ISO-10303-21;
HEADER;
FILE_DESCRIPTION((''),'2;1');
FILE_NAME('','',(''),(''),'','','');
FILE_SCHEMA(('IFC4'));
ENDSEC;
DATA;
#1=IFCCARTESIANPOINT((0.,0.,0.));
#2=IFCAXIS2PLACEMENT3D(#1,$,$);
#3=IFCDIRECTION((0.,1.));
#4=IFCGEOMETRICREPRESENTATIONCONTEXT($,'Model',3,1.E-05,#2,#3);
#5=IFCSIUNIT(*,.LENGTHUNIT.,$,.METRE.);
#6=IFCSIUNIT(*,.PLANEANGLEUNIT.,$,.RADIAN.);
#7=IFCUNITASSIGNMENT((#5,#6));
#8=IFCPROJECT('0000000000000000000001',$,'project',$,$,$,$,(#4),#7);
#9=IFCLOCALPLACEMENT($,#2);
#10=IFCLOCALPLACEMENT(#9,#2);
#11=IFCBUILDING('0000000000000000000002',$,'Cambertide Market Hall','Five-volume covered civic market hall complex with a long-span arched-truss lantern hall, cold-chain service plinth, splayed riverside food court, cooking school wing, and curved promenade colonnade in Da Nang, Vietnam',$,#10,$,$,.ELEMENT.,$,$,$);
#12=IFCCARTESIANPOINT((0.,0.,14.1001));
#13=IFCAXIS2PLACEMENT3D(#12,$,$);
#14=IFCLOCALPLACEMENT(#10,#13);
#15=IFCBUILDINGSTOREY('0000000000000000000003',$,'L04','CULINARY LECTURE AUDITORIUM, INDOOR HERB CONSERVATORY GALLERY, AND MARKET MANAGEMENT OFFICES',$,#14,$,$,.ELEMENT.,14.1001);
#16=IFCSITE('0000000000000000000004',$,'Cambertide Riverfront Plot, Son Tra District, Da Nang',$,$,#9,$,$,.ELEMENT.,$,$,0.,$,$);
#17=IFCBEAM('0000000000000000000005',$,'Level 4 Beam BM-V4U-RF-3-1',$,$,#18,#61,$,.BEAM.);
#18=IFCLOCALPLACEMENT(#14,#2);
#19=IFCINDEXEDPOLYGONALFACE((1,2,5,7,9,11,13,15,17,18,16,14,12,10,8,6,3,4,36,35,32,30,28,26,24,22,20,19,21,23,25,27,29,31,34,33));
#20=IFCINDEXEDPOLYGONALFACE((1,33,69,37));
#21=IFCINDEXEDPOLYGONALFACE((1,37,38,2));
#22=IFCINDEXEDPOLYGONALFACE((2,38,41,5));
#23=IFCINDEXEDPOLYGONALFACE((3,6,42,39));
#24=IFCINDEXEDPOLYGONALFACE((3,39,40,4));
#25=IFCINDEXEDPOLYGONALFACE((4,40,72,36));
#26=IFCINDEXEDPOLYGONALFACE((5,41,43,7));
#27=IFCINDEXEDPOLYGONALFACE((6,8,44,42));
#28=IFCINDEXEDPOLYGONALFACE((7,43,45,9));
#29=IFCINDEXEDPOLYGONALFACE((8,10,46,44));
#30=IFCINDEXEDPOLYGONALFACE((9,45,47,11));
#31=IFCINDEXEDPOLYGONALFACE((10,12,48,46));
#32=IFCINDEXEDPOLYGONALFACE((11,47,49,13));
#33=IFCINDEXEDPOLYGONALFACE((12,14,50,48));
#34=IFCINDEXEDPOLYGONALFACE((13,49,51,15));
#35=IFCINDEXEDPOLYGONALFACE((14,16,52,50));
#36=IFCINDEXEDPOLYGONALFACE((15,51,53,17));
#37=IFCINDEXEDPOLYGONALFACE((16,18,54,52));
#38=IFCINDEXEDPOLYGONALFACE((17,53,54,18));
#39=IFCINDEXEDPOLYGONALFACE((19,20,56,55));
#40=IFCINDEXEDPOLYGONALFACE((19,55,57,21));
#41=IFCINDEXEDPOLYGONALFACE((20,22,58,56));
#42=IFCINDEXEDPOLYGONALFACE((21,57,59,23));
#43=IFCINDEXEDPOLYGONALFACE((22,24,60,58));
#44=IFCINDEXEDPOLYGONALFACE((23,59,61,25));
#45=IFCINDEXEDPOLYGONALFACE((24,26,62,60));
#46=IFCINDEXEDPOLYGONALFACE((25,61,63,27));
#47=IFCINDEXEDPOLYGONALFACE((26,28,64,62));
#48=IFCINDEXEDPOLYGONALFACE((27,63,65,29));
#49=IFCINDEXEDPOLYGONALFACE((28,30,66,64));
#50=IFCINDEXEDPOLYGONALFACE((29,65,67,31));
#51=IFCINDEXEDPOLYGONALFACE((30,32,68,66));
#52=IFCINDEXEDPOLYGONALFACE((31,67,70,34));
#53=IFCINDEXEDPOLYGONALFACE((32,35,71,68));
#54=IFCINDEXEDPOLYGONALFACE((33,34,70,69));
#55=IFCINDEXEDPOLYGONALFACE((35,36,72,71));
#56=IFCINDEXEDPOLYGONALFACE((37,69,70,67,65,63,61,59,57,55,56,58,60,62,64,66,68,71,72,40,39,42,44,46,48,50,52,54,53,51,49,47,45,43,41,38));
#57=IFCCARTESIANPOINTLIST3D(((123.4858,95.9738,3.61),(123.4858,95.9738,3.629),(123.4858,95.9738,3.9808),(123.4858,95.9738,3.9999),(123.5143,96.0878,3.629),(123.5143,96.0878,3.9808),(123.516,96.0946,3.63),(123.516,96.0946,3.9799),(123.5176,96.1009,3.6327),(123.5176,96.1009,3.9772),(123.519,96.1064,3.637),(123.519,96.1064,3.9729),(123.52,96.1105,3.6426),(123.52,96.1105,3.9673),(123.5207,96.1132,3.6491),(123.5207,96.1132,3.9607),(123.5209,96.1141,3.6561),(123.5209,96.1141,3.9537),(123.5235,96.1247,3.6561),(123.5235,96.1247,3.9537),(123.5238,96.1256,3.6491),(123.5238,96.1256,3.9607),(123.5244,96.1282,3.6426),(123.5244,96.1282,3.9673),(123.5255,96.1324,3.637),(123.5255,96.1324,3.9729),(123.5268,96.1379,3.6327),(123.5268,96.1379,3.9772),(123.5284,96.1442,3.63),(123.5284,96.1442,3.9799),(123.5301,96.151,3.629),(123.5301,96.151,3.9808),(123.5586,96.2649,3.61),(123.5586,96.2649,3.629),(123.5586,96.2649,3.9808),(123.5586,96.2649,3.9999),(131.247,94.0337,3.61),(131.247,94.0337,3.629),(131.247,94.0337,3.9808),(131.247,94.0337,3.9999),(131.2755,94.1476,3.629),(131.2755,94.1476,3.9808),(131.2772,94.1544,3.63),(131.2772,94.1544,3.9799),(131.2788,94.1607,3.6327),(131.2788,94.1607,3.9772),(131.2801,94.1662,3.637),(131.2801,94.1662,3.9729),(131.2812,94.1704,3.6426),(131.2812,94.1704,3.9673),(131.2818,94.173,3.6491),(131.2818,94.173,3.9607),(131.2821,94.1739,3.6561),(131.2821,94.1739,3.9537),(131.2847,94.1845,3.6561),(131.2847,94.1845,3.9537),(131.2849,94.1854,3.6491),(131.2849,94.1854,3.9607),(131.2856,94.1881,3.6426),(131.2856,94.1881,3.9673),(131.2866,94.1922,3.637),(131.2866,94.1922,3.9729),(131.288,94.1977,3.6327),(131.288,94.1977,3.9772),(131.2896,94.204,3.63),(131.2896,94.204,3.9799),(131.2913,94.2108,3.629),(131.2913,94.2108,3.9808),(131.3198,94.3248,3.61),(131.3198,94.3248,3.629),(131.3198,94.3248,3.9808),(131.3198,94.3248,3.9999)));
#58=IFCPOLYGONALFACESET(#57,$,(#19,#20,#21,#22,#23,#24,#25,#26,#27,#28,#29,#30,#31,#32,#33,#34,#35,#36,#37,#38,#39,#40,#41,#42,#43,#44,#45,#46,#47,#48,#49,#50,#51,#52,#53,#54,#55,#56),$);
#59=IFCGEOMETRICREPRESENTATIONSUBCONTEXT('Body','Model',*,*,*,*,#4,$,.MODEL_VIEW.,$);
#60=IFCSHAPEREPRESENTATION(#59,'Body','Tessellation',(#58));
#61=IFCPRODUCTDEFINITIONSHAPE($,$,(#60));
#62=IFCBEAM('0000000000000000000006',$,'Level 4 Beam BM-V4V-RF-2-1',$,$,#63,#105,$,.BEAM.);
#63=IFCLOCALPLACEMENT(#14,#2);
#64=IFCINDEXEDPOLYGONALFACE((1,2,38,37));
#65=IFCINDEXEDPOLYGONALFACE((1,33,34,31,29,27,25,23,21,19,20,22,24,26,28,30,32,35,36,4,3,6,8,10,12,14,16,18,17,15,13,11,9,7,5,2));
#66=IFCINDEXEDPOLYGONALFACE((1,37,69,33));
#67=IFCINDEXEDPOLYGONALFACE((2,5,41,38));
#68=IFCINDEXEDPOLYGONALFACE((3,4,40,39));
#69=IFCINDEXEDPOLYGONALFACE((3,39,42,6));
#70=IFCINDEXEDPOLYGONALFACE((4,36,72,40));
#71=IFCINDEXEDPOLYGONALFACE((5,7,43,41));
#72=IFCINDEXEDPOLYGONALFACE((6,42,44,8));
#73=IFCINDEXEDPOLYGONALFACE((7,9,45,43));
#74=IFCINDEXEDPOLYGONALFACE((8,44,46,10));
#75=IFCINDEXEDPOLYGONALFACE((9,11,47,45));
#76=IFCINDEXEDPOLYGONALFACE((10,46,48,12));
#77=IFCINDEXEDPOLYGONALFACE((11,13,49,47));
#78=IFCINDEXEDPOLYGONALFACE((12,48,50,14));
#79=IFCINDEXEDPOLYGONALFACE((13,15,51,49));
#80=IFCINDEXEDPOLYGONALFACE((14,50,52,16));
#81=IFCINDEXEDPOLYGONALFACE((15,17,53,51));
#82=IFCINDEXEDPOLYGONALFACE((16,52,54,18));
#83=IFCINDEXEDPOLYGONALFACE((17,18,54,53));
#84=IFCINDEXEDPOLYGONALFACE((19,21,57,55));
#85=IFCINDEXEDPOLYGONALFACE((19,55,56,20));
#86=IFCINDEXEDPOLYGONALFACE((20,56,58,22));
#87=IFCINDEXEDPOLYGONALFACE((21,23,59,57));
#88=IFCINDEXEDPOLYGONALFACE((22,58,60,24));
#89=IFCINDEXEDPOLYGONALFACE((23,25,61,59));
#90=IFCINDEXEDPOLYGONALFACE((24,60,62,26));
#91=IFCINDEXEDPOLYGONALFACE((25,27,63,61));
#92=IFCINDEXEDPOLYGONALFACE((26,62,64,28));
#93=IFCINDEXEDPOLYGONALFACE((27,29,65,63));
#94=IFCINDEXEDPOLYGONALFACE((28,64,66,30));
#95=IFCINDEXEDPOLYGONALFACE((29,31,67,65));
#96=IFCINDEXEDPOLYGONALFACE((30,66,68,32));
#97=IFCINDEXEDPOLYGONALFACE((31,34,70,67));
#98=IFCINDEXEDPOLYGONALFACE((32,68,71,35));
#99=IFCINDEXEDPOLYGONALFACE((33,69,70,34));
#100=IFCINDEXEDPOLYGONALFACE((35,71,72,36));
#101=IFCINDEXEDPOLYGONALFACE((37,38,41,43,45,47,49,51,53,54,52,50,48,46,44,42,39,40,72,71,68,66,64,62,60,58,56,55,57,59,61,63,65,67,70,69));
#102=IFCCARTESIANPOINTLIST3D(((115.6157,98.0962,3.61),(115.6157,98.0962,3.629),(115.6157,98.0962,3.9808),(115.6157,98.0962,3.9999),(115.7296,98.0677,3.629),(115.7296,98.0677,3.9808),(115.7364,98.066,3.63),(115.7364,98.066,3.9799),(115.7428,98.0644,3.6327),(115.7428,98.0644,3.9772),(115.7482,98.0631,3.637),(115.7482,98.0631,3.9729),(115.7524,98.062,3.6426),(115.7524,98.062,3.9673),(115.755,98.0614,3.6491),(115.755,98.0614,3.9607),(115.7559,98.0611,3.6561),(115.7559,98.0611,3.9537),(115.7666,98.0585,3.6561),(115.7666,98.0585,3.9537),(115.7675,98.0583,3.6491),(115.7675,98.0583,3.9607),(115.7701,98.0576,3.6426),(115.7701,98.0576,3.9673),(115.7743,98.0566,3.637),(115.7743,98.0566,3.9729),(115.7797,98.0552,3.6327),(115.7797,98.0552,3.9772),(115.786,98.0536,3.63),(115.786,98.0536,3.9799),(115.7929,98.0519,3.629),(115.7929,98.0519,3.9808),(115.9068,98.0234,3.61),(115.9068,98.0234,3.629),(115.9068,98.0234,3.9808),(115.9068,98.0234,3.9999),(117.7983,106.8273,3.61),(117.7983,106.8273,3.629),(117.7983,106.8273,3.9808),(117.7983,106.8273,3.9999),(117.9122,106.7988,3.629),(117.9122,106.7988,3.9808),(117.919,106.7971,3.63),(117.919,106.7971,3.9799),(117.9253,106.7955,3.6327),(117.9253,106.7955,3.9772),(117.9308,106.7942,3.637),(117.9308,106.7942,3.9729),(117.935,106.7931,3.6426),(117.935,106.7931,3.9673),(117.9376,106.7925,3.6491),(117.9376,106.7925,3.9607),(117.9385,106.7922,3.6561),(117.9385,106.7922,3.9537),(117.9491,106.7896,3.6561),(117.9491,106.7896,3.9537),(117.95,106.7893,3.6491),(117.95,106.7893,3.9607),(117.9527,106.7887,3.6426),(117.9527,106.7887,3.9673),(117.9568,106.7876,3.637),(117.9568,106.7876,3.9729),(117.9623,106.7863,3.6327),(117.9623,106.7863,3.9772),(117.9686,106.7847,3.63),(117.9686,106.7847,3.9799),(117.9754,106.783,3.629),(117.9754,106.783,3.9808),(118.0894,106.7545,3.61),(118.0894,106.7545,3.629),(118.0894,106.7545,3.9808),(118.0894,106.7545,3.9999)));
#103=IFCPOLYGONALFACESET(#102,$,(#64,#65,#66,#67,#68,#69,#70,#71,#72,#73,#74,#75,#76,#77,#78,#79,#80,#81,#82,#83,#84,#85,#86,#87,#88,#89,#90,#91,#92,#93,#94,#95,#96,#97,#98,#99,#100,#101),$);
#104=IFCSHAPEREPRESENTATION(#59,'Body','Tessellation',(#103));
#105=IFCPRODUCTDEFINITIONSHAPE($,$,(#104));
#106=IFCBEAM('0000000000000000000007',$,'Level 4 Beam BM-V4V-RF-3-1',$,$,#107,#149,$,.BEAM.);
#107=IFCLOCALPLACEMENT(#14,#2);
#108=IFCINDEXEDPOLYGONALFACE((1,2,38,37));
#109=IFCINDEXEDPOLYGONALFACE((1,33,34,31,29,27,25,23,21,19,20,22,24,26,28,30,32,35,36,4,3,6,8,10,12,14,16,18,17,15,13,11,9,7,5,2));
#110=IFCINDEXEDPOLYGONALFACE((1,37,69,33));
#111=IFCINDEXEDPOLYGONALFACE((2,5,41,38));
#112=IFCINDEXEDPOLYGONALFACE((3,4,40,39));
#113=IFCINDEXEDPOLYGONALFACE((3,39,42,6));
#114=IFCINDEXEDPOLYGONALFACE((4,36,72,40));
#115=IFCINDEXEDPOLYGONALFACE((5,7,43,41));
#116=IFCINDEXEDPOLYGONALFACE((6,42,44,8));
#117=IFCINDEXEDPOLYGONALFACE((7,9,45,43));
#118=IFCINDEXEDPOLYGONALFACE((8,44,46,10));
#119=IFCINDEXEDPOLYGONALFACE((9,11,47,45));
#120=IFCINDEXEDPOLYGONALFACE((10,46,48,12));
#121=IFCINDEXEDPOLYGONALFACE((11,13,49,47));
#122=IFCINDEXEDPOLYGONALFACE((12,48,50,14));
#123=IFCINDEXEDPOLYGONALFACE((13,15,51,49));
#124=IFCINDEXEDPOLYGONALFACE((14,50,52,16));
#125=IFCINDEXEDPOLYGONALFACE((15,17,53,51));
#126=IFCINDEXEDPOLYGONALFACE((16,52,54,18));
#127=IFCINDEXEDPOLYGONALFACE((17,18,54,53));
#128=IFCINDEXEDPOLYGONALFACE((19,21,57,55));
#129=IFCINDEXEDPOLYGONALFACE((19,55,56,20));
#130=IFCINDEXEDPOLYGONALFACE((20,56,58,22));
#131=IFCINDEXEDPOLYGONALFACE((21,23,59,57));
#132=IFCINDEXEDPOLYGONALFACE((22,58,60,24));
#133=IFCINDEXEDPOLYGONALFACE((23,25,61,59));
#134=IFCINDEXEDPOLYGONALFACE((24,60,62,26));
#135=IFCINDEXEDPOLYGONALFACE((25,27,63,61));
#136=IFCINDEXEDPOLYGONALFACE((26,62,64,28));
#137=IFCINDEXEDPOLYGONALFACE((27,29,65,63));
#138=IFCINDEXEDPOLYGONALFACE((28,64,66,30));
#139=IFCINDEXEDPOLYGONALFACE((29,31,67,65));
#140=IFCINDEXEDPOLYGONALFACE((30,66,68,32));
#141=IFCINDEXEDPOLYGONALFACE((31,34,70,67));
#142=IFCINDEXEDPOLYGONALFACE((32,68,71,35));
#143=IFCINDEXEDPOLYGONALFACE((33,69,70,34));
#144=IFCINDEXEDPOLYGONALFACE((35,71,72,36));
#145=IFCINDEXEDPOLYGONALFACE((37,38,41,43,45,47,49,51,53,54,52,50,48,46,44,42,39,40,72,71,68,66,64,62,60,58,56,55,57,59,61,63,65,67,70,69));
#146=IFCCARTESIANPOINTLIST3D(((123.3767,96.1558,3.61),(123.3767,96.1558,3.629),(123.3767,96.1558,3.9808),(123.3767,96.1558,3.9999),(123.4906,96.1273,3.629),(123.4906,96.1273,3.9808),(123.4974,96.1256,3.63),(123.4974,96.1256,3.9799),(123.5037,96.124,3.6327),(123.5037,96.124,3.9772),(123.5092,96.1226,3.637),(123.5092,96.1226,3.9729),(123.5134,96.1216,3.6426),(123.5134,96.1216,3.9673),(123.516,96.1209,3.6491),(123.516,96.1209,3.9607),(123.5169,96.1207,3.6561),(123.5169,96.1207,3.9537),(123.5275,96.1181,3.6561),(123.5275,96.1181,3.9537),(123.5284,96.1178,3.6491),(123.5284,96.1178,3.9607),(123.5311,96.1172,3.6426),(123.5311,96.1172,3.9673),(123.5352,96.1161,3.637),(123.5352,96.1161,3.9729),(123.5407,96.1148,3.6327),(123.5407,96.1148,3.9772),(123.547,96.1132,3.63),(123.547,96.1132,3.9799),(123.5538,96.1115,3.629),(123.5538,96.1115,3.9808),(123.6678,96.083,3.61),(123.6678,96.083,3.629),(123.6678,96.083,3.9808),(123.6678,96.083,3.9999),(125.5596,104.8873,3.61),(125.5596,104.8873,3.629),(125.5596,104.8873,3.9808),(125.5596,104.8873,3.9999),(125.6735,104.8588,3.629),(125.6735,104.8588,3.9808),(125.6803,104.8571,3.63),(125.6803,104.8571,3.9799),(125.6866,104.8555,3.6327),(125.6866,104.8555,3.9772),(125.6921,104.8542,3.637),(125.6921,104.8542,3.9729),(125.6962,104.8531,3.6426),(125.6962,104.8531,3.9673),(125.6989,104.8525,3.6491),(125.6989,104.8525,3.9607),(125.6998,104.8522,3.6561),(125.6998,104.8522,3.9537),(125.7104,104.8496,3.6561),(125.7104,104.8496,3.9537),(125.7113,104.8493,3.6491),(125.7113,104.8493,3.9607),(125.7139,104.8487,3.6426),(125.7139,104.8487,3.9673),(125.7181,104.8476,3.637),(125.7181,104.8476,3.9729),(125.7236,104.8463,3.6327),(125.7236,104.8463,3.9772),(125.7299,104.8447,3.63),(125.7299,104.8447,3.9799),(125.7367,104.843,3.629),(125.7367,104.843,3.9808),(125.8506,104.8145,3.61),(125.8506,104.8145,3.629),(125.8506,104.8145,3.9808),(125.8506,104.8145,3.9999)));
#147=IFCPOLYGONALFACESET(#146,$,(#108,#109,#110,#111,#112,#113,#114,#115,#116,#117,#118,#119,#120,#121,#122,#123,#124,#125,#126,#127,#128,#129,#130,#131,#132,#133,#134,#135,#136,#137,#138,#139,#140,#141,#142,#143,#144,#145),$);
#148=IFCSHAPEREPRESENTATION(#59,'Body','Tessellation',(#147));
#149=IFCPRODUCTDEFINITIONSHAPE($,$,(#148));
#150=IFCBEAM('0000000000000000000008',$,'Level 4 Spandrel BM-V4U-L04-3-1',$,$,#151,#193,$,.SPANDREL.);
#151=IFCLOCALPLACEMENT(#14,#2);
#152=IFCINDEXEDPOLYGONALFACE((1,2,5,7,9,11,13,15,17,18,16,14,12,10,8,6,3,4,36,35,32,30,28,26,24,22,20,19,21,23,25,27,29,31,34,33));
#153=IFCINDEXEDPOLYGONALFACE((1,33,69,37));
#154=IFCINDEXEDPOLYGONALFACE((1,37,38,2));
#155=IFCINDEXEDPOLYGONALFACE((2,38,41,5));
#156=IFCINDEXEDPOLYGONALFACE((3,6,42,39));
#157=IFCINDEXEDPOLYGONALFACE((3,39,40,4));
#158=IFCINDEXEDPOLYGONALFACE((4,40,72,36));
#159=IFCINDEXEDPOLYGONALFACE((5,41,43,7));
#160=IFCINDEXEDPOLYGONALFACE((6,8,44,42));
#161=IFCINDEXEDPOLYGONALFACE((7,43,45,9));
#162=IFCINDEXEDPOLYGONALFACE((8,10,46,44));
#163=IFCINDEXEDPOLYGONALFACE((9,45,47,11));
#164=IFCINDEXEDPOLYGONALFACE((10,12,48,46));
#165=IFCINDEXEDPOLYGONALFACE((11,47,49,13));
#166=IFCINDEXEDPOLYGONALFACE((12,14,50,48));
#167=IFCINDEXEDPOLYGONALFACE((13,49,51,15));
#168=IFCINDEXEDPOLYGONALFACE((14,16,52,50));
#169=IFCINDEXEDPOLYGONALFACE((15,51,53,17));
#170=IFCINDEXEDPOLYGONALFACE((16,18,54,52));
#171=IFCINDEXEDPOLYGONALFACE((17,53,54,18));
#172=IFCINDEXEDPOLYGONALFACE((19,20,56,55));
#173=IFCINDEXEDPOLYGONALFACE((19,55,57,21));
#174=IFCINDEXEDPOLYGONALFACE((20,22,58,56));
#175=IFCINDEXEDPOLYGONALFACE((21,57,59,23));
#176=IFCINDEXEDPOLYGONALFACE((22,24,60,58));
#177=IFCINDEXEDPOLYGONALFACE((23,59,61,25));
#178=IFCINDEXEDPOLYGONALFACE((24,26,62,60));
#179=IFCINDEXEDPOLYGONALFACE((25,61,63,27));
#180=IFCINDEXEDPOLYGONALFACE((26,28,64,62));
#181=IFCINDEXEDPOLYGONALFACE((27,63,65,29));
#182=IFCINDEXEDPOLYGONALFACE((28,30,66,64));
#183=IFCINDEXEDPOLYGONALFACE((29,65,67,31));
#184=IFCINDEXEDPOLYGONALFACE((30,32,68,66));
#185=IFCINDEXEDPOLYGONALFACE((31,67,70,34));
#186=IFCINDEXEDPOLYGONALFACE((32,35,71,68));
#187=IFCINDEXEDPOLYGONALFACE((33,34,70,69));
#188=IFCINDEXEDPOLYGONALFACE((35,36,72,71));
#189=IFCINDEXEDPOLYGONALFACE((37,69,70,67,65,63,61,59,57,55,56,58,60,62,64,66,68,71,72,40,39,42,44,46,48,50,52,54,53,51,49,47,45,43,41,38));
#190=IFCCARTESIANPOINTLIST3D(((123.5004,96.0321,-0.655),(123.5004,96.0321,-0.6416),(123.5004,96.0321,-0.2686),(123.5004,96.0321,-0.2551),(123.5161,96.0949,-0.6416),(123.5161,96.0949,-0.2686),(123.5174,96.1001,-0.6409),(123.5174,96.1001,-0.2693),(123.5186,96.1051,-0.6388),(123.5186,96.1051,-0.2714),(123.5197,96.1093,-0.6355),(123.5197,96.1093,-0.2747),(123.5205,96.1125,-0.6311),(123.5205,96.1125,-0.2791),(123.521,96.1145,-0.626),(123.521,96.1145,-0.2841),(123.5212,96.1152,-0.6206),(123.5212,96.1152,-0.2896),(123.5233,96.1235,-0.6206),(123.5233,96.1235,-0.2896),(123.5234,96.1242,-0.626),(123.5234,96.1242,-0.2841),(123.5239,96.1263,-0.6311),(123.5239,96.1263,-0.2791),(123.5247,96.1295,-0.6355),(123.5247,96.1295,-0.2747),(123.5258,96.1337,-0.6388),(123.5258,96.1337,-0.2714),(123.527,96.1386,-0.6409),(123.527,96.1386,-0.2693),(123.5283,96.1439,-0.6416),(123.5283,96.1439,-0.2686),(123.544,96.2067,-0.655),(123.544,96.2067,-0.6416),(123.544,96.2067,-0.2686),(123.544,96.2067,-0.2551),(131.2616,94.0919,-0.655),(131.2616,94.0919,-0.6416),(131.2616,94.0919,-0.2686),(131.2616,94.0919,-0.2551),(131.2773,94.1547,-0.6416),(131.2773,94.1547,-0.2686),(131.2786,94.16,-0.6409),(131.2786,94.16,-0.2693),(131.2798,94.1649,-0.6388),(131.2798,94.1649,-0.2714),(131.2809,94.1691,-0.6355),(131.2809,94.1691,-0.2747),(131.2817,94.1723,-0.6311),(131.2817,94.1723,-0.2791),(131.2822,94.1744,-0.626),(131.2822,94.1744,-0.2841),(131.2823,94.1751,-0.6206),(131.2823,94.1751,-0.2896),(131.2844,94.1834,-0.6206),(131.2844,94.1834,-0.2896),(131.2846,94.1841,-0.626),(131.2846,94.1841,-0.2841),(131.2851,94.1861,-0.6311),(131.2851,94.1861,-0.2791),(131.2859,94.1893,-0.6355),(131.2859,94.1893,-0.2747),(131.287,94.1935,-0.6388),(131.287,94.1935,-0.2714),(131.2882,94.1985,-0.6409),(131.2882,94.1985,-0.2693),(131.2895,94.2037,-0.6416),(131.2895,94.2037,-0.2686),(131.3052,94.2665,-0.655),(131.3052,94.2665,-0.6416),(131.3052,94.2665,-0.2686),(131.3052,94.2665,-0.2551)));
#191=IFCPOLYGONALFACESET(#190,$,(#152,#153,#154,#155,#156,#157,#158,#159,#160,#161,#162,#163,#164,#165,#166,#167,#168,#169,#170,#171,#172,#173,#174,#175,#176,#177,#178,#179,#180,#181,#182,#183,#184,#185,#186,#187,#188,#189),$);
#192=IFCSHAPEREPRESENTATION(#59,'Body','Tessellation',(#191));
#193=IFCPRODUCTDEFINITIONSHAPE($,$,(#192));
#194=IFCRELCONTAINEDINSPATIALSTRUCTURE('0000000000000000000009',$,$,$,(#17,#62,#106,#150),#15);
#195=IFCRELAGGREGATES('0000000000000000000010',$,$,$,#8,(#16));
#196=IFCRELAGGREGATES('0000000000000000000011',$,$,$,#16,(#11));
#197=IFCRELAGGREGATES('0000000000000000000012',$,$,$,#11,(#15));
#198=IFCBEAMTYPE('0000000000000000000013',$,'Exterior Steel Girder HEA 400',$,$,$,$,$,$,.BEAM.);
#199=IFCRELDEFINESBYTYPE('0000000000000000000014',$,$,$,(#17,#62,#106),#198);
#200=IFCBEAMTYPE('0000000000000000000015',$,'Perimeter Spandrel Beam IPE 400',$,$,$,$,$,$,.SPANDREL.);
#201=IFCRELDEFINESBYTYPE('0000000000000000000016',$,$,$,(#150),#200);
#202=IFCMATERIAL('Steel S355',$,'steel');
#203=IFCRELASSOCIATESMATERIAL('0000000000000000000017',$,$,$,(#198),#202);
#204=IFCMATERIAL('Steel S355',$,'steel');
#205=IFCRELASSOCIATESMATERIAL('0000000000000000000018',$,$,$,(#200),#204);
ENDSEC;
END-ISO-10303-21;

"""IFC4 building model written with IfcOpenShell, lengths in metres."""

from ifc_helpers import new_model, si_unit, direction, frame, origin, origin_2d, place, context, subcontext, project, spatial, i_section, extrude, material, material_profile, profile_set, type_object, element, save


model = new_model("IFC4")

# Units and contexts
model_context = context("Model", 3, precision=1e-05, world=origin(), true_north=direction((0.0, 1.0)))
body_context = subcontext(model_context, "Body", "Model", "MODEL_VIEW")
ifc_project = project(units=[si_unit("LENGTHUNIT", "METRE"), si_unit("PLANEANGLEUNIT", "RADIAN")], contexts=[model_context])

# Site, building, storey
site_placement = place(None, origin())
site = spatial("IfcSite", under=ifc_project, at=site_placement, Name="Cambertide Riverfront Plot, Son Tra District, Da Nang", CompositionType="ELEMENT", RefElevation=0.0)
building_placement = place(site_placement, origin())
building = spatial("IfcBuilding", under=site, at=building_placement, Name="Cambertide Market Hall", Description="Five-volume covered civic market hall complex with a long-span arched-truss lantern hall, cold-chain service plinth, splayed riverside food court, cooking school wing, and curved promenade colonnade in Da Nang, Vietnam", CompositionType="ELEMENT")
storey_placement = place(building_placement, frame((0.0, 0.0, 14.1001)))
storey = spatial("IfcBuildingStorey", under=building, at=storey_placement, Name="L04", Description="CULINARY LECTURE AUDITORIUM, INDOOR HERB CONSERVATORY GALLERY, AND MARKET MANAGEMENT OFFICES", CompositionType="ELEMENT", Elevation=14.1001)

# Beams
ifc_material_1 = material(Name="Steel S355", Category="steel")
ifc_material_profile_1 = material_profile(ifc_material_1, i_section(OverallWidth=0.3, OverallDepth=0.3899, WebThickness=0.011, FlangeThickness=0.019, FilletRadius=0.0271, at=origin_2d()), Name="HEA 400")
ifc_profile_set_1 = profile_set([ifc_material_profile_1], Name="Steel S355")
beam_type_1 = type_object("IfcBeamType", Name="Exterior Steel Girder HEA 400", PredefinedType="BEAM", material=ifc_profile_set_1)
for number, where, z_axis, x_axis, name in (
    (1, (123.5222, 96.1194, 3.8049), (0.970146, -0.242521, 0.0), (0.242521, 0.970146, 0.0), "Level 4 Beam BM-V4U-RF-3-1"),
):
    element("IfcBeam", number, at=place(storey_placement, frame(where, z_axis=z_axis, x_axis=x_axis)), inside=storey, type_object=beam_type_1, Name=name, PredefinedType="BEAM", context=body_context, shape_type="SweptSolid", body=[
        extrude(i_section(OverallWidth=0.3, OverallDepth=0.3899, WebThickness=0.011, FlangeThickness=0.019, FilletRadius=0.0271, at=origin_2d()), origin(), (0.0, 0.0, 1.0), 8.0),
    ])
beam_1_placement = place(storey_placement, frame((115.7612, 98.0598, 3.8049), z_axis=(0.242516, 0.970147, 0.0), x_axis=(-0.970147, 0.242516, 0.0)))
element("IfcBeam", 2, at=beam_1_placement, inside=storey, type_object=beam_type_1, Name="Level 4 Beam BM-V4V-RF-2-1", PredefinedType="BEAM", context=body_context, shape_type="SweptSolid", body=[
    extrude(i_section(OverallWidth=0.3, OverallDepth=0.3899, WebThickness=0.011, FlangeThickness=0.019, FilletRadius=0.0271, at=origin_2d()), origin(), (0.0, 0.0, 1.0), 8.9998),
])
beam_2_placement = place(storey_placement, frame((123.5222, 96.1194, 3.8049), z_axis=(0.242536, 0.970143, 0.0), x_axis=(-0.970143, 0.242536, 0.0)))
element("IfcBeam", 3, at=beam_2_placement, inside=storey, type_object=beam_type_1, Name="Level 4 Beam BM-V4V-RF-3-1", PredefinedType="BEAM", context=body_context, shape_type="SweptSolid", body=[
    extrude(i_section(OverallWidth=0.3, OverallDepth=0.3899, WebThickness=0.011, FlangeThickness=0.019, FilletRadius=0.0271, at=origin_2d()), origin(), (0.0, 0.0, 1.0), 9.0002),
])
ifc_material_2 = material(Name="Steel S355", Category="steel")
ifc_material_profile_2 = material_profile(ifc_material_2, i_section(OverallWidth=0.1799, OverallDepth=0.3999, WebThickness=0.0085, FlangeThickness=0.0134, FilletRadius=0.021, at=origin_2d()), Name="IPE 400")
ifc_profile_set_2 = profile_set([ifc_material_profile_2], Name="Steel S355")
beam_type_2 = type_object("IfcBeamType", Name="Perimeter Spandrel Beam IPE 400", PredefinedType="SPANDREL", material=ifc_profile_set_2)
beam_3_placement = place(storey_placement, frame((123.5222, 96.1194, -0.4551), z_axis=(0.970146, -0.242521, 0.0), x_axis=(0.242521, 0.970146, 0.0)))
element("IfcBeam", 4, at=beam_3_placement, inside=storey, type_object=beam_type_2, Name="Level 4 Spandrel BM-V4U-L04-3-1", PredefinedType="SPANDREL", context=body_context, shape_type="SweptSolid", body=[
    extrude(i_section(OverallWidth=0.1799, OverallDepth=0.3999, WebThickness=0.0085, FlangeThickness=0.0134, FilletRadius=0.021, at=origin_2d()), origin(), (0.0, 0.0, 1.0), 8.0),
])

save(model, "model.ifc")
